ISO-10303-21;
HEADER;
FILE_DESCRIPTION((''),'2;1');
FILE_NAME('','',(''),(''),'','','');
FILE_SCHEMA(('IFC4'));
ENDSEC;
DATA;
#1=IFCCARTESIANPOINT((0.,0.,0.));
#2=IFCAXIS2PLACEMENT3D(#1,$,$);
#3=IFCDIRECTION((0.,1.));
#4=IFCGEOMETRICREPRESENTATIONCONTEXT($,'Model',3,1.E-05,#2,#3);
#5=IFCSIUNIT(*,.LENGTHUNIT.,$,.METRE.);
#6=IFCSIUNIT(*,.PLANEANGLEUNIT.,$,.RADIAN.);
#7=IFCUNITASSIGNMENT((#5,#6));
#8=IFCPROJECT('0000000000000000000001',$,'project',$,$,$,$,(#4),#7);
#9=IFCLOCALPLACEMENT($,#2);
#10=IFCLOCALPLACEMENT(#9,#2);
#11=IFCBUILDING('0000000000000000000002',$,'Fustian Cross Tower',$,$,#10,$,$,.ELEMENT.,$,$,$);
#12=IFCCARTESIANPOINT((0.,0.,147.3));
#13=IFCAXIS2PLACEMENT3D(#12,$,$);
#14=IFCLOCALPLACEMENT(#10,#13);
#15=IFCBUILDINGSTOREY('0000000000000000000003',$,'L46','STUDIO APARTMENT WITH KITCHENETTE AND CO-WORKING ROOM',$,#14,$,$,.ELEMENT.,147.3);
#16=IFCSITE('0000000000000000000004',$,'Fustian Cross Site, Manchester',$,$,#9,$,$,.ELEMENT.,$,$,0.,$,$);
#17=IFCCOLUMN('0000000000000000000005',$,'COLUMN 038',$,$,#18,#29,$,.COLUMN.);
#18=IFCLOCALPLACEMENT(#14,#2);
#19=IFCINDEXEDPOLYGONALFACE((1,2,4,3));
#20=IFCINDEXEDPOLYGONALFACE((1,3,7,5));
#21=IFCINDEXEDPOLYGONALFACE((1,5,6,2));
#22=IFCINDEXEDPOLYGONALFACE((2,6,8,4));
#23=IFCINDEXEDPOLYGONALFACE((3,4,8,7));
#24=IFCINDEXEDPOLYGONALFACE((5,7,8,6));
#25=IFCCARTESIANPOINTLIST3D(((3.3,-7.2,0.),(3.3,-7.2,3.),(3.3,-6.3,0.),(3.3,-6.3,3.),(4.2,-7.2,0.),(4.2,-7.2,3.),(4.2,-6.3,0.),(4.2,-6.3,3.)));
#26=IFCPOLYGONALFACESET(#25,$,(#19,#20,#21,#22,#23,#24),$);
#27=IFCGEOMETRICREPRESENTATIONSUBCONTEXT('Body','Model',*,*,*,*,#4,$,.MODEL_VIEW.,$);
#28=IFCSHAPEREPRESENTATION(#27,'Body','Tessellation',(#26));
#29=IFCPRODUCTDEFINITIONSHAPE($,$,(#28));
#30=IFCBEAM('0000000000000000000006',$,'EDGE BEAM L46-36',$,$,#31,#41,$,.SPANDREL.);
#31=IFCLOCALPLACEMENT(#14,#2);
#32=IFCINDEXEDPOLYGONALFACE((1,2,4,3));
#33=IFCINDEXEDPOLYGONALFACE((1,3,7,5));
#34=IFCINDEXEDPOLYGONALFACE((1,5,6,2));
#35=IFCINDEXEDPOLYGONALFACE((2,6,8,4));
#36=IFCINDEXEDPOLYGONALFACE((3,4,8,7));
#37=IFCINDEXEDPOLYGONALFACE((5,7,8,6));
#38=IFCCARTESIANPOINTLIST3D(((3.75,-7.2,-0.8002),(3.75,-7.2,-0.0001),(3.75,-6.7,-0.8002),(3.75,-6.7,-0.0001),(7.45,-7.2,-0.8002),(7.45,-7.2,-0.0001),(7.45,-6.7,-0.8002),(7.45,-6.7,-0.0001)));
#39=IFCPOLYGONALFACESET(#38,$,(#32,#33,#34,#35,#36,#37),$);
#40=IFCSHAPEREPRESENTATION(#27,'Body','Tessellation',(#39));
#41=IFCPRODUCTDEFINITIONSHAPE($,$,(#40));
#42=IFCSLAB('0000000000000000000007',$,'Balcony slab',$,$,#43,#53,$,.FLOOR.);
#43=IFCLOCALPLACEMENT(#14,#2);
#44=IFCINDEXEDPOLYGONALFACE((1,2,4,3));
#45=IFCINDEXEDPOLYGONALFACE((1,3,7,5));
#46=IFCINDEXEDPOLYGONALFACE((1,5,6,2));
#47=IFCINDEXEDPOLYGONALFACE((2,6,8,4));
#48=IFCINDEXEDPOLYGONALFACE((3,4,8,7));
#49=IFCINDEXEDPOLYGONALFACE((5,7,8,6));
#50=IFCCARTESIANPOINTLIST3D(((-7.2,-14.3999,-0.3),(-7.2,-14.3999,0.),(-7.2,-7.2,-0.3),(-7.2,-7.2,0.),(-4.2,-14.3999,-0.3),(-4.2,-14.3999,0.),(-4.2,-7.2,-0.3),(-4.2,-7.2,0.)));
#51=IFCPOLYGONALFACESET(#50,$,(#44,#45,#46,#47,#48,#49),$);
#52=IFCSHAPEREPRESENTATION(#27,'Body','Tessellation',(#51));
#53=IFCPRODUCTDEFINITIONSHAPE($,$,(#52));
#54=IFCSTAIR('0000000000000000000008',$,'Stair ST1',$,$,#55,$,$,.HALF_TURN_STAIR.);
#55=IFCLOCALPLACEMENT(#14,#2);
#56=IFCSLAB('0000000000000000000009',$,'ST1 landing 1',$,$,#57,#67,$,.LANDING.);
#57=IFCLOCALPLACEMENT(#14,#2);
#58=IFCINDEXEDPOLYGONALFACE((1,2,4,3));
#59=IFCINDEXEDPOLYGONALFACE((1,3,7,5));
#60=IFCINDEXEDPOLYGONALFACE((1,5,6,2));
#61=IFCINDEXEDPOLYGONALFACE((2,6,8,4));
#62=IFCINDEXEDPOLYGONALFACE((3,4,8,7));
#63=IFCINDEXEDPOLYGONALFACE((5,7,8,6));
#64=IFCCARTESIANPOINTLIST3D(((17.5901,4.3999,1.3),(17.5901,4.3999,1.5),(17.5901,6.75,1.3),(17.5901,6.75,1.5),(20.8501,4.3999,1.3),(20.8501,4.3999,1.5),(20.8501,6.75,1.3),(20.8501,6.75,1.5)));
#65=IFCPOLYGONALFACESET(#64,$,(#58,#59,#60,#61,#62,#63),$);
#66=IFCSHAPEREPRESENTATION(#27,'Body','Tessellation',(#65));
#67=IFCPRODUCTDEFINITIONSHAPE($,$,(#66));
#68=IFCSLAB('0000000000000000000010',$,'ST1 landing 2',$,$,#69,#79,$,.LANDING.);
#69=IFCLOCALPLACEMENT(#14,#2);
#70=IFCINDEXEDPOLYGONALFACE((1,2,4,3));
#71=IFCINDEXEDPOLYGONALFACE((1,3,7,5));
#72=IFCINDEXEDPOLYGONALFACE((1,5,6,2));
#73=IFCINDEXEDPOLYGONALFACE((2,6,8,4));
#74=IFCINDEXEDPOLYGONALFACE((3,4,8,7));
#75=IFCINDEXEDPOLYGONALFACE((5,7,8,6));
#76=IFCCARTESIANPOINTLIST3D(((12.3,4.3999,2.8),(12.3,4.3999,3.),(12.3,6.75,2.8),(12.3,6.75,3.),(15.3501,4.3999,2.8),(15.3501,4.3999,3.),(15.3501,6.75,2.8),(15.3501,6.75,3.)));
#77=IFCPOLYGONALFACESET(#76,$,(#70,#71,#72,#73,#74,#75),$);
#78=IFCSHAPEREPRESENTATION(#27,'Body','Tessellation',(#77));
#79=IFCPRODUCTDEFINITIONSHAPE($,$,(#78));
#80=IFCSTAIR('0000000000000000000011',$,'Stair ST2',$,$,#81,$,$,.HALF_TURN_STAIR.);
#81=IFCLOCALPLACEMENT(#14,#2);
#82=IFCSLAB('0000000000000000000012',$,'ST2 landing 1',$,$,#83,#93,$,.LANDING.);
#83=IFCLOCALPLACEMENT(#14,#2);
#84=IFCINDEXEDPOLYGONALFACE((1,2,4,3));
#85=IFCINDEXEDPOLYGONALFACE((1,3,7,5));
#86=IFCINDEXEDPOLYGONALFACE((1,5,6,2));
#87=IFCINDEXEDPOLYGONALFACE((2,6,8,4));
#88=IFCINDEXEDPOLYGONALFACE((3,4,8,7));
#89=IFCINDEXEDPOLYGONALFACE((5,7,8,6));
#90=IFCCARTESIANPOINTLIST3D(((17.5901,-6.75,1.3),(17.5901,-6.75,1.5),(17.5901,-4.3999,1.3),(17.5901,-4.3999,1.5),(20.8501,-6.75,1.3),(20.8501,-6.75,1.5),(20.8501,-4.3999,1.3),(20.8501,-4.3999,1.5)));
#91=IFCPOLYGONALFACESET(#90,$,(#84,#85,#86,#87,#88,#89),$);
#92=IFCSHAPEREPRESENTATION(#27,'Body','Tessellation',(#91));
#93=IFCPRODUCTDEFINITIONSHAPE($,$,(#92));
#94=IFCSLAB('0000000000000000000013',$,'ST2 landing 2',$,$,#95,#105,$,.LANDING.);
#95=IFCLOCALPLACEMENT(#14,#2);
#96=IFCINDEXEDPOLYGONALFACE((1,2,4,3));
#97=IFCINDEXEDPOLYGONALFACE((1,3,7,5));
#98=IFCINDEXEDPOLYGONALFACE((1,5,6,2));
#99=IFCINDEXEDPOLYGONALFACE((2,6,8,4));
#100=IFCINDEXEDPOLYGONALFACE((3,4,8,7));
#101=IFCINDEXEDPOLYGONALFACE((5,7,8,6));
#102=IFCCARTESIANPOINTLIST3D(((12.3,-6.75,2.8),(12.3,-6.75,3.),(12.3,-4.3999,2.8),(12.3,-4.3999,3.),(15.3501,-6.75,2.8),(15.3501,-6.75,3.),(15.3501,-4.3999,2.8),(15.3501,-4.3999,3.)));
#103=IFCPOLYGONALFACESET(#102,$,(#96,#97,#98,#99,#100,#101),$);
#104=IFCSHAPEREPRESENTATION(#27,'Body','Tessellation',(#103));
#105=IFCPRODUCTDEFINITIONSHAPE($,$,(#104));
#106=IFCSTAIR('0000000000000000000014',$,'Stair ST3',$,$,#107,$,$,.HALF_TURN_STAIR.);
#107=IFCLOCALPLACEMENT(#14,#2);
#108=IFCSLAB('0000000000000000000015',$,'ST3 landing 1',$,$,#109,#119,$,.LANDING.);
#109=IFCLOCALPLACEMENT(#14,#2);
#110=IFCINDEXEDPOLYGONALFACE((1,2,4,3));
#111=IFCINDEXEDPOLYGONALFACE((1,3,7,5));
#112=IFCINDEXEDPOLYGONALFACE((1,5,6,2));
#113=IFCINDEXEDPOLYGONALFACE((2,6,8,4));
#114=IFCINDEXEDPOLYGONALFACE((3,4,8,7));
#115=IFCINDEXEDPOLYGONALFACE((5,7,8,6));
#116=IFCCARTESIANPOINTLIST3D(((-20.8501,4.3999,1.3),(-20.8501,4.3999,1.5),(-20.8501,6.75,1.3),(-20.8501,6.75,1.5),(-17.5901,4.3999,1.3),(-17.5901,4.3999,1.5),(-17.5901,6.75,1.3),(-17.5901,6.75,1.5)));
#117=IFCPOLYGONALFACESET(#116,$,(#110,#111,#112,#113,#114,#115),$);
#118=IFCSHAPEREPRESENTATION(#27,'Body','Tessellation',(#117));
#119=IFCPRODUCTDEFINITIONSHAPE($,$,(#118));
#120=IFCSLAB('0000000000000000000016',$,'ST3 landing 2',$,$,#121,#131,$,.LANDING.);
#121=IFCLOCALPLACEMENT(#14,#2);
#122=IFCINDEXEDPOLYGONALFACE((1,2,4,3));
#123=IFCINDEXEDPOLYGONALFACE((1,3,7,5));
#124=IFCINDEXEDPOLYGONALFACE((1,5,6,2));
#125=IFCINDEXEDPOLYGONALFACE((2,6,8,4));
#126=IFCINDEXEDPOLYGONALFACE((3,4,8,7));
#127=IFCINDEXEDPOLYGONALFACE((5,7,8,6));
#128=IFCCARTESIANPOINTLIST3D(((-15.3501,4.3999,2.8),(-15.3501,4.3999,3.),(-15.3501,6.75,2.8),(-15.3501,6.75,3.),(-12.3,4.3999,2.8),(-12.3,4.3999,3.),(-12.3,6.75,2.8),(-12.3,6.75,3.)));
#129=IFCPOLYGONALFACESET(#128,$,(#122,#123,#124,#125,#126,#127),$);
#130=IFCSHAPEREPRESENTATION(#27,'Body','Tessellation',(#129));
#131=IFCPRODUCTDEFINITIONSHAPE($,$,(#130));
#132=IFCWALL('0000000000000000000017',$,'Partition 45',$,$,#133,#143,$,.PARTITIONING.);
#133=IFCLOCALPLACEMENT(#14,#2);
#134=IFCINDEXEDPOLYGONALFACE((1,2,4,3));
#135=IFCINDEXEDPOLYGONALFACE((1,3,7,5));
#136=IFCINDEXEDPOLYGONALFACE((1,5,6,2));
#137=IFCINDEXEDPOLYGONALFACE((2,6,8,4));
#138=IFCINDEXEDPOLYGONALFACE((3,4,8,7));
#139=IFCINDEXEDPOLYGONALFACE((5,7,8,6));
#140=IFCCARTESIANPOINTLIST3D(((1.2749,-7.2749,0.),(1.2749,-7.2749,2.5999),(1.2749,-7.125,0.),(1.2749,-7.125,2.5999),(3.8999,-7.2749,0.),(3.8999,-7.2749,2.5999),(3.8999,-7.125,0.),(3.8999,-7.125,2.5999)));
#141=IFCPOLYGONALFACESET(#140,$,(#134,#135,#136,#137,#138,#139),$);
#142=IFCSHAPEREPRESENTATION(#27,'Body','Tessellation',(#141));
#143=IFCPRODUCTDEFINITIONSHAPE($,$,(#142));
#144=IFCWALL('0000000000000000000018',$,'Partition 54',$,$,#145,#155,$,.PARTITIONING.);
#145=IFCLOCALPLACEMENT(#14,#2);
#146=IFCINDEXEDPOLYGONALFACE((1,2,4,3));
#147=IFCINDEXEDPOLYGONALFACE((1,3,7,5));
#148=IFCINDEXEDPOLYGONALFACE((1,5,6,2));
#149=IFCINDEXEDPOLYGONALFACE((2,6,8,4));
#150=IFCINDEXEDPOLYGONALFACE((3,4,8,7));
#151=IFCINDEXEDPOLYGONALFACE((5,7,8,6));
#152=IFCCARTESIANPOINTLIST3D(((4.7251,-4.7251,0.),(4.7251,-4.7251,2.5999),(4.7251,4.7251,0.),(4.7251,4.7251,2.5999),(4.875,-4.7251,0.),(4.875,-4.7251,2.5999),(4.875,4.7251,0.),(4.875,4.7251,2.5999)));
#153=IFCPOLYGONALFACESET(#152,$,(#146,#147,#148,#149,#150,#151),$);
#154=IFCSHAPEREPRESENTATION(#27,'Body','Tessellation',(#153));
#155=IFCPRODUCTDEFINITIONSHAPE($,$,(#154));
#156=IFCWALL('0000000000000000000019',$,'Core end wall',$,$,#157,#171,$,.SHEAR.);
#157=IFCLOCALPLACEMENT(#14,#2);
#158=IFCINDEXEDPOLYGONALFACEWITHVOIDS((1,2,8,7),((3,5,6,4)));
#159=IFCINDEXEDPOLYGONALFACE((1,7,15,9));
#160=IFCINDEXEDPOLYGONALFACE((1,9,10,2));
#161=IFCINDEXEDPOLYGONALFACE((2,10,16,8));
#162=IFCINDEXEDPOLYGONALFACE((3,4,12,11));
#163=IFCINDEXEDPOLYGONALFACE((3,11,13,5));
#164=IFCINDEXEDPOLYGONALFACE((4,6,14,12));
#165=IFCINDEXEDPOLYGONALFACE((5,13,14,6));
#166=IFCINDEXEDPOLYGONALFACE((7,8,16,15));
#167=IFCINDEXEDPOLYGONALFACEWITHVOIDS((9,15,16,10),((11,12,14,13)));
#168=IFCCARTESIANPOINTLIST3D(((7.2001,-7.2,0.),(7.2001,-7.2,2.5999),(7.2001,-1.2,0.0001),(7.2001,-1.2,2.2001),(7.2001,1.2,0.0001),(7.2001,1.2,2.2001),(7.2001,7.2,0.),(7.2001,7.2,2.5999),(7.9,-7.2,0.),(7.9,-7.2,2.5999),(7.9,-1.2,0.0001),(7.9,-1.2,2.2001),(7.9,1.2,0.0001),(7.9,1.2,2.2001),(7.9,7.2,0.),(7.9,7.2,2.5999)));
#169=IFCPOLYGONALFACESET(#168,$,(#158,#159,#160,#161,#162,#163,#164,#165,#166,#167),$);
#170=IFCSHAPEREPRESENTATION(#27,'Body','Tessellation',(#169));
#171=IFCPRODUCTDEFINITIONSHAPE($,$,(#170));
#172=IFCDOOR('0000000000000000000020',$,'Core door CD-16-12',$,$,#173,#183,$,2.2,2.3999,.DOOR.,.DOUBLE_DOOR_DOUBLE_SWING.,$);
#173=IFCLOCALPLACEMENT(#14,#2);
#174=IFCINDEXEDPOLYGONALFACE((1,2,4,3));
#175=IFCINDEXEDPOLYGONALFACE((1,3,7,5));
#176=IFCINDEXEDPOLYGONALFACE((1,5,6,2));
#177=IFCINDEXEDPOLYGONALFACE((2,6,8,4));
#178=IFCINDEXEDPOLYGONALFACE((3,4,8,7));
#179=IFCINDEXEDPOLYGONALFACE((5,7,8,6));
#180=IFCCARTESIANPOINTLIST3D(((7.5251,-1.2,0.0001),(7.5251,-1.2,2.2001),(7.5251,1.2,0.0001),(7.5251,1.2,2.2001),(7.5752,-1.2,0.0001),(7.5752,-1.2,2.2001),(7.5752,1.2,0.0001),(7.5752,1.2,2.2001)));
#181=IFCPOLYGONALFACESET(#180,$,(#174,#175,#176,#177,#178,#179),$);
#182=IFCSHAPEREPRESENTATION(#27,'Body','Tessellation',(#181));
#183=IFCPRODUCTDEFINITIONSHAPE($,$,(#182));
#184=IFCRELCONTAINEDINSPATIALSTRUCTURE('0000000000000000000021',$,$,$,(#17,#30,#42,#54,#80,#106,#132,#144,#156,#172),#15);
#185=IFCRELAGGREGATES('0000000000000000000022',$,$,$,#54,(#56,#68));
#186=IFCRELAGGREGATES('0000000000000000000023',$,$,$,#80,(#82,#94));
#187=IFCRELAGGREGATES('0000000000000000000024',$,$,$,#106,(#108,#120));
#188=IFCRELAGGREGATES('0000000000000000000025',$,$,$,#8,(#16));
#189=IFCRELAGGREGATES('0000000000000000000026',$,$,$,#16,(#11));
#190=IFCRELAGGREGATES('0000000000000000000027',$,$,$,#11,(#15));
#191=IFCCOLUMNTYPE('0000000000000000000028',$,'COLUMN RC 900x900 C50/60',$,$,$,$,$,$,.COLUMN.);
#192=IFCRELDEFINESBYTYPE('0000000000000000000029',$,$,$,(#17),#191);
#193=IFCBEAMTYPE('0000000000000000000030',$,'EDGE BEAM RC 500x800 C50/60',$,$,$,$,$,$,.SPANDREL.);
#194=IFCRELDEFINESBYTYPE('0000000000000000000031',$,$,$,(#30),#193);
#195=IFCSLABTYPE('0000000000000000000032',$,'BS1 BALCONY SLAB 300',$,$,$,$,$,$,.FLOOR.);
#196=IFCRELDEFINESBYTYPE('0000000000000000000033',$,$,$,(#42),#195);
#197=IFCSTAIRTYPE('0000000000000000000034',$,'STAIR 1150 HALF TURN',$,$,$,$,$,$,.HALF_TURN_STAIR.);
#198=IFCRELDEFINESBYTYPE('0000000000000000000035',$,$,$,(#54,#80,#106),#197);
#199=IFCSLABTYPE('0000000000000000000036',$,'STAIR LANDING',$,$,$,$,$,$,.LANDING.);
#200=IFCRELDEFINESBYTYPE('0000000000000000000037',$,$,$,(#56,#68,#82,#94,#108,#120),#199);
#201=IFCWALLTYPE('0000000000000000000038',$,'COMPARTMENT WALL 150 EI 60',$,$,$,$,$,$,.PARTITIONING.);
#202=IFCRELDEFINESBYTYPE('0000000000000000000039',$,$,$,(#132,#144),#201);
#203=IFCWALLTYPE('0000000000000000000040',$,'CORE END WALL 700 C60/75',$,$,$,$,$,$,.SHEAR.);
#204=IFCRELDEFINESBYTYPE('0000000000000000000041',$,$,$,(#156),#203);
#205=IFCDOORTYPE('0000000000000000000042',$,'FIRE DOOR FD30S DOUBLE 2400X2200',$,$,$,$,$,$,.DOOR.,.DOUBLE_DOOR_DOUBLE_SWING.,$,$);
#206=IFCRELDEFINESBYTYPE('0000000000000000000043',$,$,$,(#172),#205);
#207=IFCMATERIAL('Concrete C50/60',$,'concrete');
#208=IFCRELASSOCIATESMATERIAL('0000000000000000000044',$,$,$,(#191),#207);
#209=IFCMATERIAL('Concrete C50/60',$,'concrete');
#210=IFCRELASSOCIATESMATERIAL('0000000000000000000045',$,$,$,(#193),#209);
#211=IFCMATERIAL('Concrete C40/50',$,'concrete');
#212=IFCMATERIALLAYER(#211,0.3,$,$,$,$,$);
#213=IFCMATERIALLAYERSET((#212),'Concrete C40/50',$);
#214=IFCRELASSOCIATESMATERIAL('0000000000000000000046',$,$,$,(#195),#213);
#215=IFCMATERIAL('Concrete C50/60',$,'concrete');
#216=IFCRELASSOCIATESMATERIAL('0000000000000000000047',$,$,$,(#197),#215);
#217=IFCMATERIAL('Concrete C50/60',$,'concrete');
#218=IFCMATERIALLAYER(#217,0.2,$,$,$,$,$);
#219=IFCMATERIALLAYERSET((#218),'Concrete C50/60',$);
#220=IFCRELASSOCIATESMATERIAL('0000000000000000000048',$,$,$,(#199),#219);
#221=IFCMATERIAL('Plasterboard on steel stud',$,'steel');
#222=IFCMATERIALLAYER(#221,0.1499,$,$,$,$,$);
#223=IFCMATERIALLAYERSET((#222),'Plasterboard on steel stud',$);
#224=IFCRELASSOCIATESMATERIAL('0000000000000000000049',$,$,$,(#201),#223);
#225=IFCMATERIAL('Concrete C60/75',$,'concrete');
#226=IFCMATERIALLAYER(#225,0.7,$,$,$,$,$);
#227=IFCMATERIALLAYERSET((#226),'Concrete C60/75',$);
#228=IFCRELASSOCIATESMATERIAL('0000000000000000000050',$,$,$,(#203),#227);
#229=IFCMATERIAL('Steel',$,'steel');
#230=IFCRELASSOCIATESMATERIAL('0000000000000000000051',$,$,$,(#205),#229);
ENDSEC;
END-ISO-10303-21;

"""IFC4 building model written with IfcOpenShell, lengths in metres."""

from ifc_helpers import new_model, si_unit, direction, frame, frame_2d, origin, origin_2d, place, context, subcontext, project, spatial, polyline, rectangle, outline, extrude, material, layer, layer_set, material_profile, profile_set, type_object, element, fill, aggregate, save


model = new_model("IFC4")

# Units and contexts
model_context = context("Model", 3, precision=1e-05, world=origin(), true_north=direction((0.0, 1.0)))
body_context = subcontext(model_context, "Body", "Model", "MODEL_VIEW")
ifc_project = project(units=[si_unit("LENGTHUNIT", "METRE"), si_unit("PLANEANGLEUNIT", "RADIAN")], contexts=[model_context])

# Site, building, storey
site_placement = place(None, origin())
site = spatial("IfcSite", under=ifc_project, at=site_placement, Name="Fustian Cross Site, Manchester", CompositionType="ELEMENT", RefElevation=0.0)
building_placement = place(site_placement, origin())
building = spatial("IfcBuilding", under=site, at=building_placement, Name="Fustian Cross Tower", CompositionType="ELEMENT")
storey_placement = place(building_placement, frame((0.0, 0.0, 147.3)))
storey = spatial("IfcBuildingStorey", under=building, at=storey_placement, Name="L46", Description="STUDIO APARTMENT WITH KITCHENETTE AND CO-WORKING ROOM", CompositionType="ELEMENT", Elevation=147.3)

# Column
ifc_material_1 = material(Name="Concrete C50/60", Category="concrete")
ifc_material_profile_1 = material_profile(ifc_material_1, rectangle(XDim=0.8999, YDim=0.8999, at=origin_2d()), Name="RC 900x900")
ifc_profile_set_1 = profile_set([ifc_material_profile_1], Name="Concrete C50/60")
column_type = type_object("IfcColumnType", Name="COLUMN RC 900x900 C50/60", PredefinedType="COLUMN", material=ifc_profile_set_1)
column_placement = place(storey_placement, frame((3.75, -6.75, 0.0), z_axis=(0.0, 0.0, 1.0), x_axis=(1.0, 0.0, 0.0)))
element("IfcColumn", 1, at=column_placement, inside=storey, type_object=column_type, Name="COLUMN 038", PredefinedType="COLUMN", context=body_context, shape_type="SweptSolid", body=[
    extrude(rectangle(XDim=0.8999, YDim=0.8999, at=origin_2d()), origin(), (0.0, 0.0, 1.0), 3.0),
])

# Beam
ifc_material_2 = material(Name="Concrete C50/60", Category="concrete")
ifc_material_profile_2 = material_profile(ifc_material_2, rectangle(XDim=0.5, YDim=0.8, at=origin_2d()), Name="RC 500x800")
ifc_profile_set_2 = profile_set([ifc_material_profile_2], Name="Concrete C50/60")
beam_type = type_object("IfcBeamType", Name="EDGE BEAM RC 500x800 C50/60", PredefinedType="SPANDREL", material=ifc_profile_set_2)
beam_placement = place(storey_placement, frame((3.75, -6.95, -0.4001), z_axis=(1.0, 0.0, 0.0), x_axis=(0.0, 1.0, 0.0)))
element("IfcBeam", 2, at=beam_placement, inside=storey, type_object=beam_type, Name="EDGE BEAM L46-36", PredefinedType="SPANDREL", context=body_context, shape_type="SweptSolid", body=[
    extrude(rectangle(XDim=0.5, YDim=0.8, at=origin_2d()), origin(), (0.0, 0.0, 1.0), 3.7),
])

# Slab
ifc_material_3 = material(Name="Concrete C40/50", Category="concrete")
ifc_layer_1 = layer(ifc_material_3, 0.3)
ifc_layer_set_1 = layer_set([ifc_layer_1], Name="Concrete C40/50")
slab_type_1 = type_object("IfcSlabType", Name="BS1 BALCONY SLAB 300", PredefinedType="FLOOR", material=ifc_layer_set_1)
slab_1_placement = place(storey_placement, frame((0.0, 0.0, -0.3)))
element("IfcSlab", 3, at=slab_1_placement, inside=storey, type_object=slab_type_1, Name="Balcony slab", PredefinedType="FLOOR", context=body_context, shape_type="SweptSolid", body=[
    extrude(outline(polyline([(-7.2, -14.3999), (-4.2, -14.3999), (-4.2, -7.2), (-7.2, -7.2), (-7.2, -14.3999)])), origin(), (0.0, 0.0, 1.0), 0.3),
])

# Stairs, slabs
ifc_material_4 = material(Name="Concrete C50/60", Category="concrete")
stair_type = type_object("IfcStairType", Name="STAIR 1150 HALF TURN", PredefinedType="HALF_TURN_STAIR", material=ifc_material_4)
stair_1_placement = place(storey_placement, origin())
stair_1 = element("IfcStair", 4, at=stair_1_placement, inside=storey, type_object=stair_type, Name="Stair ST1", PredefinedType="HALF_TURN_STAIR")
ifc_material_5 = material(Name="Concrete C50/60", Category="concrete")
ifc_layer_2 = layer(ifc_material_5, 0.2)
ifc_layer_set_2 = layer_set([ifc_layer_2], Name="Concrete C50/60")
slab_type_2 = type_object("IfcSlabType", Name="STAIR LANDING", PredefinedType="LANDING", material=ifc_layer_set_2)
slab_2_placement = place(storey_placement, frame((0.0, 0.0, 1.3)))
slab_2 = element("IfcSlab", 5, at=slab_2_placement, type_object=slab_type_2, Name="ST1 landing 1", PredefinedType="LANDING", context=body_context, shape_type="SweptSolid", body=[
    extrude(outline(polyline([(17.5901, 4.3999), (20.8501, 4.3999), (20.8501, 6.75), (17.5901, 6.75), (17.5901, 4.3999)])), origin(), (0.0, 0.0, 1.0), 0.2),
])
slab_3_placement = place(storey_placement, frame((0.0, 0.0, 2.8)))
slab_3 = element("IfcSlab", 6, at=slab_3_placement, type_object=slab_type_2, Name="ST1 landing 2", PredefinedType="LANDING", context=body_context, shape_type="SweptSolid", body=[
    extrude(outline(polyline([(12.3, 4.3999), (15.3501, 4.3999), (15.3501, 6.75), (12.3, 6.75), (12.3, 4.3999)])), origin(), (0.0, 0.0, 1.0), 0.2),
])
aggregate(stair_1, [slab_2, slab_3])
stair_2_placement = place(storey_placement, origin())
stair_2 = element("IfcStair", 7, at=stair_2_placement, inside=storey, type_object=stair_type, Name="Stair ST2", PredefinedType="HALF_TURN_STAIR")
slab_4_placement = place(storey_placement, frame((0.0, 0.0, 1.3)))
slab_4 = element("IfcSlab", 8, at=slab_4_placement, type_object=slab_type_2, Name="ST2 landing 1", PredefinedType="LANDING", context=body_context, shape_type="SweptSolid", body=[
    extrude(outline(polyline([(17.5901, -4.3999), (20.8501, -4.3999), (20.8501, -6.75), (17.5901, -6.75), (17.5901, -4.3999)])), origin(), (0.0, 0.0, 1.0), 0.2),
])
slab_5_placement = place(storey_placement, frame((0.0, 0.0, 2.8)))
slab_5 = element("IfcSlab", 9, at=slab_5_placement, type_object=slab_type_2, Name="ST2 landing 2", PredefinedType="LANDING", context=body_context, shape_type="SweptSolid", body=[
    extrude(outline(polyline([(12.3, -4.3999), (15.3501, -4.3999), (15.3501, -6.75), (12.3, -6.75), (12.3, -4.3999)])), origin(), (0.0, 0.0, 1.0), 0.2),
])
aggregate(stair_2, [slab_4, slab_5])
stair_3_placement = place(storey_placement, origin())
stair_3 = element("IfcStair", 10, at=stair_3_placement, inside=storey, type_object=stair_type, Name="Stair ST3", PredefinedType="HALF_TURN_STAIR")
slab_6_placement = place(storey_placement, frame((0.0, 0.0, 1.3)))
slab_6 = element("IfcSlab", 11, at=slab_6_placement, type_object=slab_type_2, Name="ST3 landing 1", PredefinedType="LANDING", context=body_context, shape_type="SweptSolid", body=[
    extrude(outline(polyline([(-17.5901, 4.3999), (-20.8501, 4.3999), (-20.8501, 6.75), (-17.5901, 6.75), (-17.5901, 4.3999)])), origin(), (0.0, 0.0, 1.0), 0.2),
])
slab_7_placement = place(storey_placement, frame((0.0, 0.0, 2.8)))
slab_7 = element("IfcSlab", 12, at=slab_7_placement, type_object=slab_type_2, Name="ST3 landing 2", PredefinedType="LANDING", context=body_context, shape_type="SweptSolid", body=[
    extrude(outline(polyline([(-12.3, 4.3999), (-15.3501, 4.3999), (-15.3501, 6.75), (-12.3, 6.75), (-12.3, 4.3999)])), origin(), (0.0, 0.0, 1.0), 0.2),
])
aggregate(stair_3, [slab_6, slab_7])

# Walls
ifc_material_6 = material(Name="Plasterboard on steel stud", Category="steel")
ifc_layer_3 = layer(ifc_material_6, 0.1499)
ifc_layer_set_3 = layer_set([ifc_layer_3], Name="Plasterboard on steel stud")
wall_type_1 = type_object("IfcWallType", Name="COMPARTMENT WALL 150 EI 60", PredefinedType="PARTITIONING", material=ifc_layer_set_3)
wall_1_placement = place(storey_placement, frame((1.2749, -7.2, 0.0), z_axis=(0.0, 0.0, 1.0), x_axis=(1.0, 0.0, 0.0)))
element("IfcWall", 13, at=wall_1_placement, inside=storey, type_object=wall_type_1, Name="Partition 45", PredefinedType="PARTITIONING", context=body_context, shape_type="SweptSolid", body=[
    extrude(rectangle(XDim=2.625, YDim=0.1499, at=frame_2d((1.3125, 0.0))), origin(), (0.0, 0.0, 1.0), 2.5999),
])
wall_2_placement = place(storey_placement, frame((4.8, -4.7251, 0.0), z_axis=(0.0, 0.0, 1.0), x_axis=(0.0, 1.0, 0.0)))
element("IfcWall", 14, at=wall_2_placement, inside=storey, type_object=wall_type_1, Name="Partition 54", PredefinedType="PARTITIONING", context=body_context, shape_type="SweptSolid", body=[
    extrude(rectangle(XDim=9.4502, YDim=0.1499, at=frame_2d((4.7251, 0.0))), origin(), (0.0, 0.0, 1.0), 2.5999),
])

# Wall, opening, door
ifc_material_7 = material(Name="Concrete C60/75", Category="concrete")
ifc_layer_4 = layer(ifc_material_7, 0.7)
ifc_layer_set_4 = layer_set([ifc_layer_4], Name="Concrete C60/75")
wall_type_2 = type_object("IfcWallType", Name="CORE END WALL 700 C60/75", PredefinedType="SHEAR", material=ifc_layer_set_4)
wall_3_placement = place(storey_placement, frame((7.55, -7.2, 0.0), z_axis=(0.0, 0.0, 1.0), x_axis=(0.0, 1.0, 0.0)))
wall_3 = element("IfcWall", 15, at=wall_3_placement, inside=storey, type_object=wall_type_2, Name="Core end wall", PredefinedType="SHEAR", context=body_context, shape_type="SweptSolid", body=[
    extrude(rectangle(XDim=14.3999, YDim=0.7, at=frame_2d((7.2, 0.0))), origin(), (0.0, 0.0, 1.0), 2.5999),
])
opening_placement = place(wall_3_placement, frame((6.0, 0.0, 0.0)))
opening = element("IfcOpeningElement", 16, at=opening_placement, cuts=wall_3, PredefinedType="OPENING", context=body_context, shape_type="SweptSolid", body=[
    extrude(rectangle(XDim=2.3999, YDim=2.2, at=frame_2d((1.2, 1.1001))), frame((0.0, 0.3599, 0.0), z_axis=(0.0, -1.0, 0.0), x_axis=(1.0, 0.0, 0.0)), (0.0, 0.0, 1.0), 0.72),
])
ifc_material_8 = material(Name="Steel", Category="steel")
door_type = type_object("IfcDoorType", Name="FIRE DOOR FD30S DOUBLE 2400X2200", OperationType="DOUBLE_DOOR_DOUBLE_SWING", PredefinedType="DOOR", material=ifc_material_8)
door_placement = place(opening_placement, origin())
door = element("IfcDoor", 17, at=door_placement, inside=storey, type_object=door_type, Name="Core door CD-16-12", OperationType="DOUBLE_DOOR_DOUBLE_SWING", OverallHeight=2.2, OverallWidth=2.3999, PredefinedType="DOOR", context=body_context, shape_type="SweptSolid", body=[
    extrude(rectangle(XDim=2.3999, YDim=2.2, at=frame_2d((1.2, 1.1001))), frame((0.0, 0.0249, 0.0), z_axis=(0.0, -1.0, 0.0), x_axis=(1.0, 0.0, 0.0)), (0.0, 0.0, 1.0), 0.05),
])
fill(opening, door)

save(model, "model.ifc")
